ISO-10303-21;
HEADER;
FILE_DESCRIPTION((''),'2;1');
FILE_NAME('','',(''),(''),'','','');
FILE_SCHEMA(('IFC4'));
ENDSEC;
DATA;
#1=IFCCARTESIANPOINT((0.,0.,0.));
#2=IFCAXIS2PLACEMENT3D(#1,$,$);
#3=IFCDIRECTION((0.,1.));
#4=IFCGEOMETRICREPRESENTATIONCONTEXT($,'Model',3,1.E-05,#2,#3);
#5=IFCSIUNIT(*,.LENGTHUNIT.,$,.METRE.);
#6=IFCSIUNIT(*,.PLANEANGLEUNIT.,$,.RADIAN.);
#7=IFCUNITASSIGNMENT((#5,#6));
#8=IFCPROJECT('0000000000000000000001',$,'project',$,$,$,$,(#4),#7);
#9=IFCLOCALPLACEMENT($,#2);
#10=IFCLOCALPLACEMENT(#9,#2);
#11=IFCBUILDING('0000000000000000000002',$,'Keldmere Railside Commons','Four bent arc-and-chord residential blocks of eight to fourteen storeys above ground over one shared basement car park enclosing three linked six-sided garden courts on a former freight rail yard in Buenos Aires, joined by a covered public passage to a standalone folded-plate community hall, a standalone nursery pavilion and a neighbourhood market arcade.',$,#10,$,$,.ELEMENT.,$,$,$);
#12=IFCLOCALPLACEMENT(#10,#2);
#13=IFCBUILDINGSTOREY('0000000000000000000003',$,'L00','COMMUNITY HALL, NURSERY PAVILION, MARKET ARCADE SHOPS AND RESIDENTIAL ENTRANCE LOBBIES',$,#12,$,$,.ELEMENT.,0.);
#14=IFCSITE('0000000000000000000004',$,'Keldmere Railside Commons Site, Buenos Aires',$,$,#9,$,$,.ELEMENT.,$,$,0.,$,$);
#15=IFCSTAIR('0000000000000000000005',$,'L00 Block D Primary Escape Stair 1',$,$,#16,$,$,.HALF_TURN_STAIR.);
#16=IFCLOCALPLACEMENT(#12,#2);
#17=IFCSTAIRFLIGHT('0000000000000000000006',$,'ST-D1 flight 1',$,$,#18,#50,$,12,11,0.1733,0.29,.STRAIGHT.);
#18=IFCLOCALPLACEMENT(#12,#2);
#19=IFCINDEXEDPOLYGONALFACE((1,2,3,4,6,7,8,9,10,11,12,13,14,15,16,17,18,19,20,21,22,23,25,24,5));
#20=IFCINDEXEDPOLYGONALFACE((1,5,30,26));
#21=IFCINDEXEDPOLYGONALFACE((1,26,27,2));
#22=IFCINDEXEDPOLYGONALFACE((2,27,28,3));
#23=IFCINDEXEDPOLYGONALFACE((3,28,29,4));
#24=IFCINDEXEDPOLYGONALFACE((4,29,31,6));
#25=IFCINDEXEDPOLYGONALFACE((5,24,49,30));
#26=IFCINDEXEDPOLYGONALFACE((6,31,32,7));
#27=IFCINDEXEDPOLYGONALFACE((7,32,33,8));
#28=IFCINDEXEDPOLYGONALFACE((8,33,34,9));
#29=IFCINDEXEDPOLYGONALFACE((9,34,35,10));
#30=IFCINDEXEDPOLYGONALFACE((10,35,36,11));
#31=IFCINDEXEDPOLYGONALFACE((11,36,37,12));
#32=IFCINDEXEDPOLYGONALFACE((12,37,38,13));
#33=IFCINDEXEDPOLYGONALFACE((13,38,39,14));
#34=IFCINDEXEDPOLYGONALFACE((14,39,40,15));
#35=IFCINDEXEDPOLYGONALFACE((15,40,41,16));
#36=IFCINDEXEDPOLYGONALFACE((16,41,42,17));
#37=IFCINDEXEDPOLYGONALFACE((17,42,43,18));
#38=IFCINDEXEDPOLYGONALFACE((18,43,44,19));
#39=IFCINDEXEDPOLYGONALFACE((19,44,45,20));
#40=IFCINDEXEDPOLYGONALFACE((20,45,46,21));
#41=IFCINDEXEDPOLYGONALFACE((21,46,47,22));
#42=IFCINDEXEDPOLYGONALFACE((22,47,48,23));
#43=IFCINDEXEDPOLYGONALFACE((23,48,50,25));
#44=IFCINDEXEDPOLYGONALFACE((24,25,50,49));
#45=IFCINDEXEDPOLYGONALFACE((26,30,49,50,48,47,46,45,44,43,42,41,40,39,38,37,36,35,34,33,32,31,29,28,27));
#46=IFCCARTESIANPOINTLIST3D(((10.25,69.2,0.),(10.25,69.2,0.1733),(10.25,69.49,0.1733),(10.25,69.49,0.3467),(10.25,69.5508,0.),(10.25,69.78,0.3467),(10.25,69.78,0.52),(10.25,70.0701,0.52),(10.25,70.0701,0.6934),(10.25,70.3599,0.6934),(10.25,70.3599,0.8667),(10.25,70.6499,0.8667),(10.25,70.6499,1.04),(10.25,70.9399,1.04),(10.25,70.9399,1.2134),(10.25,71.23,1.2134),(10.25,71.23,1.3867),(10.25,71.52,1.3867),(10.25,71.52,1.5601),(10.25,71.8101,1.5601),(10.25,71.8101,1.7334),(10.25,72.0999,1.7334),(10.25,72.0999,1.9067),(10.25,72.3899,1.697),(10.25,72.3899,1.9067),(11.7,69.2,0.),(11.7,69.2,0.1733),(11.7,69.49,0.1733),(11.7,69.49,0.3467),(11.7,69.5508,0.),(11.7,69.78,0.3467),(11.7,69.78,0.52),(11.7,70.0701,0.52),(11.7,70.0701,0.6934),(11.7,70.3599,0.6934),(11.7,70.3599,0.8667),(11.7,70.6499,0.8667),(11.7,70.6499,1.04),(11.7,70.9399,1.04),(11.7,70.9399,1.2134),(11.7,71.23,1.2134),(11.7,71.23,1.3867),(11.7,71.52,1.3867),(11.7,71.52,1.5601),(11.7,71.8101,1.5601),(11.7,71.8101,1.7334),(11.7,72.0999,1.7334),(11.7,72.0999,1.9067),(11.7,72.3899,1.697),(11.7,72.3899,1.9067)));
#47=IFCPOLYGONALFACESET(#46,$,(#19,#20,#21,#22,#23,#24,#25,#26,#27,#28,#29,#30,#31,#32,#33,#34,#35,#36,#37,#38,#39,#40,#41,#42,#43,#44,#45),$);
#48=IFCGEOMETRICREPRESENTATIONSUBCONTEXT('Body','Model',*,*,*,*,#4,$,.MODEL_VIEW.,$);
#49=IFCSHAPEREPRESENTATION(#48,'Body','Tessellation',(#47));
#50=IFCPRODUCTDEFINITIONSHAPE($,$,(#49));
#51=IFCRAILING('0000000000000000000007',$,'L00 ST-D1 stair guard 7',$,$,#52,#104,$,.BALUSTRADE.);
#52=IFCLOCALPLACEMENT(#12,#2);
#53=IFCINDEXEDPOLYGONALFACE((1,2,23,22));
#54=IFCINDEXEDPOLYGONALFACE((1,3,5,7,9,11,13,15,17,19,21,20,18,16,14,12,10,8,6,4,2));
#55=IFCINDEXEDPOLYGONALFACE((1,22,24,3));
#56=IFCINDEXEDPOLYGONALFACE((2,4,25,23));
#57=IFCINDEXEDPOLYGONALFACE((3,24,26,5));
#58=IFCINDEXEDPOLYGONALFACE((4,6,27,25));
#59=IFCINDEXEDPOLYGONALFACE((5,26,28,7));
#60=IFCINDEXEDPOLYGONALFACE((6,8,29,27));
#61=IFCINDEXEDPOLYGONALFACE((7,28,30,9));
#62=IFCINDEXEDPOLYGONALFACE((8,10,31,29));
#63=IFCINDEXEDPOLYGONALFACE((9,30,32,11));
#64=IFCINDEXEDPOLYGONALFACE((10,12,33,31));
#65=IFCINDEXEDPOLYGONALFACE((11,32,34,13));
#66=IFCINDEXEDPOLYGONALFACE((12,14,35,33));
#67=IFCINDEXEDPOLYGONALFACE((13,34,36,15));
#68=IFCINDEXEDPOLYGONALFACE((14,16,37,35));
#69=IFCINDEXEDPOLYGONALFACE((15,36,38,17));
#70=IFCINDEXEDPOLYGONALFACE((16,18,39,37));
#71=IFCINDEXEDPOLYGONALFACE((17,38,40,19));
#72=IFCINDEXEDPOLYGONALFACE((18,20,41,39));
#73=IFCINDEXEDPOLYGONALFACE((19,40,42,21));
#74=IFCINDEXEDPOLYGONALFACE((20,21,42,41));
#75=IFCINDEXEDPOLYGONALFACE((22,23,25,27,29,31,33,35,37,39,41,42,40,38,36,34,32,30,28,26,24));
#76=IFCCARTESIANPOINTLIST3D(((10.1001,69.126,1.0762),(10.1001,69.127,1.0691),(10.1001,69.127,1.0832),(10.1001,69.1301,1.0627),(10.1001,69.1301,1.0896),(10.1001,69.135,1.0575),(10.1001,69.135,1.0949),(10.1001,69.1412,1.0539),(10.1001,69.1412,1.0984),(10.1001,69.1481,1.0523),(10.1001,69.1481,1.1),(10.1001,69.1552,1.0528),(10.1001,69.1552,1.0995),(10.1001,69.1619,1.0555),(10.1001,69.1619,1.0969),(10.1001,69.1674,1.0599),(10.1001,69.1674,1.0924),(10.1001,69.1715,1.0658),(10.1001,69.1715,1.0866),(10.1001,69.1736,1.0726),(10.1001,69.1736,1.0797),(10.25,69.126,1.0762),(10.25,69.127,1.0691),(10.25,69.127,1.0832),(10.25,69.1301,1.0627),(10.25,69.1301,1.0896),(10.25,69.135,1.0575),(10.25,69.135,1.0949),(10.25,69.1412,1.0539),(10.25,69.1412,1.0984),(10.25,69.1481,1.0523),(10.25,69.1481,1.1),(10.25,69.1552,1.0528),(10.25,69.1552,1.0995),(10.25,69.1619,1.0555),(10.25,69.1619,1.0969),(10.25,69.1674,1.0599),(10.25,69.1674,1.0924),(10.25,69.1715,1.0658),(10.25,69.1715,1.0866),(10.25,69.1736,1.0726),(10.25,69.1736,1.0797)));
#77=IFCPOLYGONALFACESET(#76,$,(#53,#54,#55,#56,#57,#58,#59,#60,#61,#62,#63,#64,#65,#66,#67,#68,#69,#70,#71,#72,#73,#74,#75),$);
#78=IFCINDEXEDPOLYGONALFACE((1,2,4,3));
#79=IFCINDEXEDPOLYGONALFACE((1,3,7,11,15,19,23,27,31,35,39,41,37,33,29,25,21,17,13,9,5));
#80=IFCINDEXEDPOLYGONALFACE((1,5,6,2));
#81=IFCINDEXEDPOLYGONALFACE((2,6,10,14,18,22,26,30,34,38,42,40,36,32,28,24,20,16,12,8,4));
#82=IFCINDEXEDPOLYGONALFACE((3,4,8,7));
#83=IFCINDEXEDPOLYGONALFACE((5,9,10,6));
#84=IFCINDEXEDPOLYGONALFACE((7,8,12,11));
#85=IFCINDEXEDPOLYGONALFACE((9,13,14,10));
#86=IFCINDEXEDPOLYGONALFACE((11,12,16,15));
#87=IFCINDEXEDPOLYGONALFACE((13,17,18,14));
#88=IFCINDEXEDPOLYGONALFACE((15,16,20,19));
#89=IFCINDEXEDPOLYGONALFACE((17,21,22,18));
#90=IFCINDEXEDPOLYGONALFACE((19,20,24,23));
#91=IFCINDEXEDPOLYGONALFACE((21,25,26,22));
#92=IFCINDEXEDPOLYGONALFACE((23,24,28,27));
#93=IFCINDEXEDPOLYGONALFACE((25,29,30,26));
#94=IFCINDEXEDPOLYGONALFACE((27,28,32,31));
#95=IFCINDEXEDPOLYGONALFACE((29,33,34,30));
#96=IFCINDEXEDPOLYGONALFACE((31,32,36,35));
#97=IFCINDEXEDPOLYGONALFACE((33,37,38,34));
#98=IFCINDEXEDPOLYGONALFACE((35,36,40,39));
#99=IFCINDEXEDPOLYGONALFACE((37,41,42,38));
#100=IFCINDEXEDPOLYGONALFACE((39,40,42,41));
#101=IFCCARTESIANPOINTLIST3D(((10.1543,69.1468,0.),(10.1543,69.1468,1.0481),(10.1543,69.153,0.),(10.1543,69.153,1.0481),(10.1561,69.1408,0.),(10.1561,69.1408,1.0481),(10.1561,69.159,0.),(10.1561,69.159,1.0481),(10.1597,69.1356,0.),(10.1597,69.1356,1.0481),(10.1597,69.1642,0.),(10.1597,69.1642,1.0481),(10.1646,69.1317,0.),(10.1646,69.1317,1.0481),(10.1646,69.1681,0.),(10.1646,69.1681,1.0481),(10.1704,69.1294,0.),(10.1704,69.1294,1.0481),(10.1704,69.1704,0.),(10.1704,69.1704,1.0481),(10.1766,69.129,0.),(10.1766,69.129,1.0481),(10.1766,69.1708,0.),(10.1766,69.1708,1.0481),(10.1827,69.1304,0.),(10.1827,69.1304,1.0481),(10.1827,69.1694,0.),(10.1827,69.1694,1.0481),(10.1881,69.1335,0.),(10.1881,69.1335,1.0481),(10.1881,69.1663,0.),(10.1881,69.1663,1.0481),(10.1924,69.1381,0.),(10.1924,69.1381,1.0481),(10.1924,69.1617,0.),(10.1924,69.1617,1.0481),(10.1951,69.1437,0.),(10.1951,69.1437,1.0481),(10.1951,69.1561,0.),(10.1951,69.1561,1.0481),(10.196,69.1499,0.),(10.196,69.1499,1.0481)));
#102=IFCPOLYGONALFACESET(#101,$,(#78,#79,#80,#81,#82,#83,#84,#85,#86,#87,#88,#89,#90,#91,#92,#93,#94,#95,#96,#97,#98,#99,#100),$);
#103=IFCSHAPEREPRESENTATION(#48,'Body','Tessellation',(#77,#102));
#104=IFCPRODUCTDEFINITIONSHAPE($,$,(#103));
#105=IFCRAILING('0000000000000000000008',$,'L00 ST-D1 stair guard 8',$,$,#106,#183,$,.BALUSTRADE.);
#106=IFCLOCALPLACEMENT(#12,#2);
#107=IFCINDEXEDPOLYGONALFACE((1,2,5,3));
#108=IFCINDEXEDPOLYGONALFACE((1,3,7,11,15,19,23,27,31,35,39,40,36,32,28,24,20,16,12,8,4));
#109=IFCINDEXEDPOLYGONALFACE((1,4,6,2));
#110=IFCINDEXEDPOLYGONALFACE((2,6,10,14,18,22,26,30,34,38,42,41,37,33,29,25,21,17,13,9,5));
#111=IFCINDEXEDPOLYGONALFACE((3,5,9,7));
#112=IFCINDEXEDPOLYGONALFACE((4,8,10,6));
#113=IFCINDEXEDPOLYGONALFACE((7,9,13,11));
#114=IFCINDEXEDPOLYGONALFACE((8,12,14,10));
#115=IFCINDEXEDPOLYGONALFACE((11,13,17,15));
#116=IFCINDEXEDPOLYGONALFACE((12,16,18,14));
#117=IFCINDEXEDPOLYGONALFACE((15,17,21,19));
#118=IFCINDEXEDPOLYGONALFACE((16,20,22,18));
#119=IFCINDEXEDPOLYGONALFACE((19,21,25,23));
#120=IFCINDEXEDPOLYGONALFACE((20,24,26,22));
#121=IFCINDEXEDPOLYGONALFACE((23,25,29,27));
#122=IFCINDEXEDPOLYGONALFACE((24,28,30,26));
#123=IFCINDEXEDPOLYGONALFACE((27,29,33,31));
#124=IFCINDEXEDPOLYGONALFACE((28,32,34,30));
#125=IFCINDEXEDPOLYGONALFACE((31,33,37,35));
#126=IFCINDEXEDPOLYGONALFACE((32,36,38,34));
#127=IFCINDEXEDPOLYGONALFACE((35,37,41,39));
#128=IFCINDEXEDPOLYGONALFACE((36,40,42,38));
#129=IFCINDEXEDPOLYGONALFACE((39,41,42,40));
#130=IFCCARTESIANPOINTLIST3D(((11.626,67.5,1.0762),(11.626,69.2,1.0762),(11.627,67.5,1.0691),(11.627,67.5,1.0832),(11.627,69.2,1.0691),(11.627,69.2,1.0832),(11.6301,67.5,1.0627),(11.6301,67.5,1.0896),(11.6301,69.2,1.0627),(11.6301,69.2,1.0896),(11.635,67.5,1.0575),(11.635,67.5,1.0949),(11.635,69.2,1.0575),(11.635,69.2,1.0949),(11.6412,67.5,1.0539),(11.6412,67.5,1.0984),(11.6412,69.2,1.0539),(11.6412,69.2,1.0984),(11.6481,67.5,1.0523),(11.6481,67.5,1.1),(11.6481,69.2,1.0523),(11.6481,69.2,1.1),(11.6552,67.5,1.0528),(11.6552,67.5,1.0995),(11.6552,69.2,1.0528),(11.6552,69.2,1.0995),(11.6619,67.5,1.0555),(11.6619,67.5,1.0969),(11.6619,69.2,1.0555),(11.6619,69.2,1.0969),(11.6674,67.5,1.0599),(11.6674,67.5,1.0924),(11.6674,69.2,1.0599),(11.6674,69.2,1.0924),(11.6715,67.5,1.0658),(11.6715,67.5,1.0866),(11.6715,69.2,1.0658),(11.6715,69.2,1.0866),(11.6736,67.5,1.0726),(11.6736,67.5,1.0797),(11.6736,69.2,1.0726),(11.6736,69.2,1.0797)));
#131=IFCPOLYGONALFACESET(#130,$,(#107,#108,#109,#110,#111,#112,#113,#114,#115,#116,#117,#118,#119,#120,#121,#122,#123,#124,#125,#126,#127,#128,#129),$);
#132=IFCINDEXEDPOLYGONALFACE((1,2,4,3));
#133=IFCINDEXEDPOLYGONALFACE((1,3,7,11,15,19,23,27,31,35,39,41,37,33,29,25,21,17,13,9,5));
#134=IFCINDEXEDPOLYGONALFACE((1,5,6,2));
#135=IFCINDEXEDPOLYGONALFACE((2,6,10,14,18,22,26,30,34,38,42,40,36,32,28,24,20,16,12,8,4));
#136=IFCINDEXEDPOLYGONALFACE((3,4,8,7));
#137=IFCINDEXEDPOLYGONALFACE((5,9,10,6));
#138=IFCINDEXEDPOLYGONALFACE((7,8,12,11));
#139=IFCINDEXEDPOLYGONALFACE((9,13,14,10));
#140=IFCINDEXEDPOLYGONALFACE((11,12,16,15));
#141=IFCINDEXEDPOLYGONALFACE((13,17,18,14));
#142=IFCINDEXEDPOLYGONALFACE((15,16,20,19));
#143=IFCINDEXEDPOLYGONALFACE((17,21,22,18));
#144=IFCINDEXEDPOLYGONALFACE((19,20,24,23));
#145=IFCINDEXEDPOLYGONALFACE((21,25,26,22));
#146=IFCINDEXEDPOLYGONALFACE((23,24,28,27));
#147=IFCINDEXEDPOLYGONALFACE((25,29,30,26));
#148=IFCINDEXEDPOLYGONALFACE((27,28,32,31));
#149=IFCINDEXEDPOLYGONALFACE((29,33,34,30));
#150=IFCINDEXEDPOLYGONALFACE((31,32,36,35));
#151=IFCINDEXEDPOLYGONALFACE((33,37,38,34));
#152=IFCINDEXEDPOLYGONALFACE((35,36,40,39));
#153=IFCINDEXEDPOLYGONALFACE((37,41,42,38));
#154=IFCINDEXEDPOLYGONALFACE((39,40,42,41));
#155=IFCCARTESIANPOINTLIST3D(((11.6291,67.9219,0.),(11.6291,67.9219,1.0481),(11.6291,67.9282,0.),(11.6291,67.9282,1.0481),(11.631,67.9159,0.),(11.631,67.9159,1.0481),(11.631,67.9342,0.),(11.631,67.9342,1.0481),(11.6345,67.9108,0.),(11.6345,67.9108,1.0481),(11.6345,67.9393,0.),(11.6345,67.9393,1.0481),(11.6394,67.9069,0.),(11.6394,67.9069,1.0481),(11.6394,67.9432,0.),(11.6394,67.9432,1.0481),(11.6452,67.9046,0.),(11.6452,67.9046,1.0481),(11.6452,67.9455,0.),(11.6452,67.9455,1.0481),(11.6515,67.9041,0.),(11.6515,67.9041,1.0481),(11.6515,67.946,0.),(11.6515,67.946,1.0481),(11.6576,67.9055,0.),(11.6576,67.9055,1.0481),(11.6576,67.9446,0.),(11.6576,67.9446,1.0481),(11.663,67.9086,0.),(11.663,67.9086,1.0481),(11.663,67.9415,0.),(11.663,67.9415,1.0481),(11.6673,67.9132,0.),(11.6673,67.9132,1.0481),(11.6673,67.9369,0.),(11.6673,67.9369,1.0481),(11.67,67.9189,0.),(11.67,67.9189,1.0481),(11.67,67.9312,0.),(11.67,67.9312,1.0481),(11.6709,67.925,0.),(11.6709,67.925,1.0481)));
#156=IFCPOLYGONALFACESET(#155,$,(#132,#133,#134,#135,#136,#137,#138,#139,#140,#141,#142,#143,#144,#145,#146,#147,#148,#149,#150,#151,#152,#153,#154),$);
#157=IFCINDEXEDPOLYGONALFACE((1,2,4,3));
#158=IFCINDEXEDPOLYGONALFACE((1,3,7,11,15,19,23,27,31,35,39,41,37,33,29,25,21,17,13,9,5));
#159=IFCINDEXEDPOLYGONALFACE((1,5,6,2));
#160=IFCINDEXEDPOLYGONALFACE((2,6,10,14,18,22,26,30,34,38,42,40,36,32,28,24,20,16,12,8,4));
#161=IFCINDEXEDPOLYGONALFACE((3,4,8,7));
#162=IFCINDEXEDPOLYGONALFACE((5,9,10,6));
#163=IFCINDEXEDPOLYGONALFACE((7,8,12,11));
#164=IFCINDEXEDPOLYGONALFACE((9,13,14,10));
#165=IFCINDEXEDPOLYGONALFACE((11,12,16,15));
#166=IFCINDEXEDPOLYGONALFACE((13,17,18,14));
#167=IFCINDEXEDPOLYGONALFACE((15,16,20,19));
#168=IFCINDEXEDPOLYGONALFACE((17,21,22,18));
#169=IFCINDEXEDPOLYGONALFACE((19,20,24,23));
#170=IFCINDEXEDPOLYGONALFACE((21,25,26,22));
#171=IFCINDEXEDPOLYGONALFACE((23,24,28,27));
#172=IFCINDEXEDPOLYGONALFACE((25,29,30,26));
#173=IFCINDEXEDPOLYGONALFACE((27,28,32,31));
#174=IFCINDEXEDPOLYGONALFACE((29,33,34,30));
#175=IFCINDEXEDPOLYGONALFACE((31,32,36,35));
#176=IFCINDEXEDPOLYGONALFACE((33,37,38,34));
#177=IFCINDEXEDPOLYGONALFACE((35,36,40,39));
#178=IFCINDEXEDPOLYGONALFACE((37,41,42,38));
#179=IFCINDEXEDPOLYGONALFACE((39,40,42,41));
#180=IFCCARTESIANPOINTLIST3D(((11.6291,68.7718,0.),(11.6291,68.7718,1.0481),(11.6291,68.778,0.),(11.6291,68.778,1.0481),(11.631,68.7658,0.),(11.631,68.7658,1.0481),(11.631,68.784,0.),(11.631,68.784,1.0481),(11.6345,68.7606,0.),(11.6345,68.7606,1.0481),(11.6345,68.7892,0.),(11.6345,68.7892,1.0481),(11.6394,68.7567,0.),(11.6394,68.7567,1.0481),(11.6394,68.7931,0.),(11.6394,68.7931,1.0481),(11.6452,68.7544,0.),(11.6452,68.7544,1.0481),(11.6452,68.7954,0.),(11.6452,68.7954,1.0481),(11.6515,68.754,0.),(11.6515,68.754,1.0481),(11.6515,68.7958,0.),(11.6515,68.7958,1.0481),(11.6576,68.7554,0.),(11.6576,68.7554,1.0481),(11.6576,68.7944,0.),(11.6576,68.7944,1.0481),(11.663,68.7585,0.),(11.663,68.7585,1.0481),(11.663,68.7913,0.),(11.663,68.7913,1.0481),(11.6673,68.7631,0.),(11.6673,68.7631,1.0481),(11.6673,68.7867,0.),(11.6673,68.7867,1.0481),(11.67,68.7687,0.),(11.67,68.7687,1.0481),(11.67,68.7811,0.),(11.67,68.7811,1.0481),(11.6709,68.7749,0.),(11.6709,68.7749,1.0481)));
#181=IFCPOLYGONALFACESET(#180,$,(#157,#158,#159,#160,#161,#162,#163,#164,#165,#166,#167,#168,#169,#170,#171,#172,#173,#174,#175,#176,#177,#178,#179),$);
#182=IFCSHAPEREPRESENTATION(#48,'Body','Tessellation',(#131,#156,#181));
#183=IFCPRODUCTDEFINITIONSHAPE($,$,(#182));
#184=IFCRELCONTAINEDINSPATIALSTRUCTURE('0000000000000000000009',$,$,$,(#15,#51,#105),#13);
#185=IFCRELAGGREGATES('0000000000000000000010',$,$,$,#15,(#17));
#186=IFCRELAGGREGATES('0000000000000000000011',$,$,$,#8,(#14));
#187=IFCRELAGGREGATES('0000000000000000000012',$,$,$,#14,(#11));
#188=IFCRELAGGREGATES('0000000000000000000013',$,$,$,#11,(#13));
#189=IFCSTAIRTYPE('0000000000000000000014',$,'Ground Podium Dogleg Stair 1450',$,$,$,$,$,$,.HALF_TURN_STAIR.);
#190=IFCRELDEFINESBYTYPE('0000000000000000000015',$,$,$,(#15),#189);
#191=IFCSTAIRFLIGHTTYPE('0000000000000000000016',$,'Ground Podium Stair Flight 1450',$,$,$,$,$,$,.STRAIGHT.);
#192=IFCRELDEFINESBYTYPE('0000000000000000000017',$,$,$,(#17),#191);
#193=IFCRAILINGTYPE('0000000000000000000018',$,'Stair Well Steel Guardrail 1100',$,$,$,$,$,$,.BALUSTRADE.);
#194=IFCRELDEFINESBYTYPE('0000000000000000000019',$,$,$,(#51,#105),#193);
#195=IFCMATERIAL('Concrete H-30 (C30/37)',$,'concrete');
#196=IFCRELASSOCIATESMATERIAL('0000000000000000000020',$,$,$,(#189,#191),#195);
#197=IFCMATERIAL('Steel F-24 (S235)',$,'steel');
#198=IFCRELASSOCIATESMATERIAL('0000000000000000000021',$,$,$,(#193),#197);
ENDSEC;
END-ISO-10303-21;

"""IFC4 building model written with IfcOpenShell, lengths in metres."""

from ifc_helpers import new_model, si_unit, direction, frame, origin, origin_2d, place, context, subcontext, project, spatial, polyline, circle, outline, extrude, material, type_object, element, aggregate, save


model = new_model("IFC4")

# Units and contexts
model_context = context("Model", 3, precision=1e-05, world=origin(), true_north=direction((0.0, 1.0)))
body_context = subcontext(model_context, "Body", "Model", "MODEL_VIEW")
ifc_project = project(units=[si_unit("LENGTHUNIT", "METRE"), si_unit("PLANEANGLEUNIT", "RADIAN")], contexts=[model_context])

# Site, building, storey
site_placement = place(None, origin())
site = spatial("IfcSite", under=ifc_project, at=site_placement, Name="Keldmere Railside Commons Site, Buenos Aires", CompositionType="ELEMENT", RefElevation=0.0)
building_placement = place(site_placement, origin())
building = spatial("IfcBuilding", under=site, at=building_placement, Name="Keldmere Railside Commons", Description="Four bent arc-and-chord residential blocks of eight to fourteen storeys above ground over one shared basement car park enclosing three linked six-sided garden courts on a former freight rail yard in Buenos Aires, joined by a covered public passage to a standalone folded-plate community hall, a standalone nursery pavilion and a neighbourhood market arcade.", CompositionType="ELEMENT")
storey_placement = place(building_placement, origin())
storey = spatial("IfcBuildingStorey", under=building, at=storey_placement, Name="L00", Description="COMMUNITY HALL, NURSERY PAVILION, MARKET ARCADE SHOPS AND RESIDENTIAL ENTRANCE LOBBIES", CompositionType="ELEMENT", Elevation=0.0)

# Shared definitions
ifc_material_1 = material(Name="Concrete H-30 (C30/37)", Category="concrete")

# Shared definitions
ifc_material_2 = material(Name="Steel F-24 (S235)", Category="steel")

# Stair, stair flight
stair_type = type_object("IfcStairType", Name="Ground Podium Dogleg Stair 1450", PredefinedType="HALF_TURN_STAIR", material=ifc_material_1)
stair_placement = place(storey_placement, origin())
stair = element("IfcStair", 1, at=stair_placement, inside=storey, type_object=stair_type, Name="L00 Block D Primary Escape Stair 1", PredefinedType="HALF_TURN_STAIR")
stair_flight_type = type_object("IfcStairFlightType", Name="Ground Podium Stair Flight 1450", PredefinedType="STRAIGHT", material=ifc_material_1)
stair_flight_placement = place(storey_placement, frame((10.9751, 69.2, 0.0), z_axis=(0.0, 0.0, 1.0), x_axis=(0.0, 1.0, 0.0)))
stair_flight = element("IfcStairFlight", 2, at=stair_flight_placement, type_object=stair_flight_type, Name="ST-D1 flight 1", NumberOfRisers=12, NumberOfTreads=11, PredefinedType="STRAIGHT", RiserHeight=0.1733, TreadLength=0.29, context=body_context, shape_type="SweptSolid", body=[
    extrude(outline(polyline([(0.0, 0.0), (0.0, 0.1733), (0.29, 0.1733), (0.29, 0.3467), (0.5801, 0.3467), (0.5801, 0.52), (0.8701, 0.52), (0.8701, 0.6934), (1.1599, 0.6934), (1.1599, 0.8667), (1.45, 0.8667), (1.45, 1.04), (1.74, 1.04), (1.74, 1.2134), (2.03, 1.2134), (2.03, 1.3867), (2.3201, 1.3867), (2.3201, 1.5601), (2.6101, 1.5601), (2.6101, 1.7334), (2.8999, 1.7334), (2.8999, 1.9067), (3.1899, 1.9067), (3.1899, 2.0801), (3.1899, 1.697), (0.3508, 0.0), (0.0, 0.0)])), frame((0.0, 0.7251, 0.0), z_axis=(0.0, -1.0, 0.0), x_axis=(1.0, 0.0, 0.0)), (0.0, 0.0, 1.0), 1.45),
])
aggregate(stair, [stair_flight])

# Railings
railing_type = type_object("IfcRailingType", Name="Stair Well Steel Guardrail 1100", PredefinedType="BALUSTRADE", material=ifc_material_2)
railing_1_placement = place(storey_placement, frame((10.25, 69.1499, 0.0)))
element("IfcRailing", 3, at=railing_1_placement, inside=storey, type_object=railing_type, Name="L00 ST-D1 stair guard 7", PredefinedType="BALUSTRADE", context=body_context, shape_type="SweptSolid", body=[
    extrude(circle(Radius=0.0239, at=origin_2d()), frame((0.0, 0.0, 1.0762), z_axis=(-1.0, 0.0, 0.0), x_axis=(0.0, -1.0, 0.0)), (0.0, 0.0, 1.0), 0.1499),
    extrude(circle(Radius=0.021, at=origin_2d()), frame((-0.075, 0.0, 0.0)), (0.0, 0.0, 1.0), 1.0481),
])
for number, where, name in (
    (4, (11.6499, 67.5, 0.0), "L00 ST-D1 stair guard 8"),
):
    element("IfcRailing", number, at=place(storey_placement, frame(where)), inside=storey, type_object=railing_type, Name=name, PredefinedType="BALUSTRADE", context=body_context, shape_type="SweptSolid", body=[
        extrude(circle(Radius=0.0239, at=origin_2d()), frame((0.0, 0.0, 1.0762), z_axis=(0.0, 1.0, 0.0), x_axis=(-1.0, 0.0, 0.0)), (0.0, 0.0, 1.0), 1.7),
        extrude(circle(Radius=0.021, at=origin_2d()), frame((0.0, 0.425, 0.0)), (0.0, 0.0, 1.0), 1.0481),
        extrude(circle(Radius=0.021, at=origin_2d()), frame((0.0, 1.2749, 0.0)), (0.0, 0.0, 1.0), 1.0481),
    ])

save(model, "model.ifc")
